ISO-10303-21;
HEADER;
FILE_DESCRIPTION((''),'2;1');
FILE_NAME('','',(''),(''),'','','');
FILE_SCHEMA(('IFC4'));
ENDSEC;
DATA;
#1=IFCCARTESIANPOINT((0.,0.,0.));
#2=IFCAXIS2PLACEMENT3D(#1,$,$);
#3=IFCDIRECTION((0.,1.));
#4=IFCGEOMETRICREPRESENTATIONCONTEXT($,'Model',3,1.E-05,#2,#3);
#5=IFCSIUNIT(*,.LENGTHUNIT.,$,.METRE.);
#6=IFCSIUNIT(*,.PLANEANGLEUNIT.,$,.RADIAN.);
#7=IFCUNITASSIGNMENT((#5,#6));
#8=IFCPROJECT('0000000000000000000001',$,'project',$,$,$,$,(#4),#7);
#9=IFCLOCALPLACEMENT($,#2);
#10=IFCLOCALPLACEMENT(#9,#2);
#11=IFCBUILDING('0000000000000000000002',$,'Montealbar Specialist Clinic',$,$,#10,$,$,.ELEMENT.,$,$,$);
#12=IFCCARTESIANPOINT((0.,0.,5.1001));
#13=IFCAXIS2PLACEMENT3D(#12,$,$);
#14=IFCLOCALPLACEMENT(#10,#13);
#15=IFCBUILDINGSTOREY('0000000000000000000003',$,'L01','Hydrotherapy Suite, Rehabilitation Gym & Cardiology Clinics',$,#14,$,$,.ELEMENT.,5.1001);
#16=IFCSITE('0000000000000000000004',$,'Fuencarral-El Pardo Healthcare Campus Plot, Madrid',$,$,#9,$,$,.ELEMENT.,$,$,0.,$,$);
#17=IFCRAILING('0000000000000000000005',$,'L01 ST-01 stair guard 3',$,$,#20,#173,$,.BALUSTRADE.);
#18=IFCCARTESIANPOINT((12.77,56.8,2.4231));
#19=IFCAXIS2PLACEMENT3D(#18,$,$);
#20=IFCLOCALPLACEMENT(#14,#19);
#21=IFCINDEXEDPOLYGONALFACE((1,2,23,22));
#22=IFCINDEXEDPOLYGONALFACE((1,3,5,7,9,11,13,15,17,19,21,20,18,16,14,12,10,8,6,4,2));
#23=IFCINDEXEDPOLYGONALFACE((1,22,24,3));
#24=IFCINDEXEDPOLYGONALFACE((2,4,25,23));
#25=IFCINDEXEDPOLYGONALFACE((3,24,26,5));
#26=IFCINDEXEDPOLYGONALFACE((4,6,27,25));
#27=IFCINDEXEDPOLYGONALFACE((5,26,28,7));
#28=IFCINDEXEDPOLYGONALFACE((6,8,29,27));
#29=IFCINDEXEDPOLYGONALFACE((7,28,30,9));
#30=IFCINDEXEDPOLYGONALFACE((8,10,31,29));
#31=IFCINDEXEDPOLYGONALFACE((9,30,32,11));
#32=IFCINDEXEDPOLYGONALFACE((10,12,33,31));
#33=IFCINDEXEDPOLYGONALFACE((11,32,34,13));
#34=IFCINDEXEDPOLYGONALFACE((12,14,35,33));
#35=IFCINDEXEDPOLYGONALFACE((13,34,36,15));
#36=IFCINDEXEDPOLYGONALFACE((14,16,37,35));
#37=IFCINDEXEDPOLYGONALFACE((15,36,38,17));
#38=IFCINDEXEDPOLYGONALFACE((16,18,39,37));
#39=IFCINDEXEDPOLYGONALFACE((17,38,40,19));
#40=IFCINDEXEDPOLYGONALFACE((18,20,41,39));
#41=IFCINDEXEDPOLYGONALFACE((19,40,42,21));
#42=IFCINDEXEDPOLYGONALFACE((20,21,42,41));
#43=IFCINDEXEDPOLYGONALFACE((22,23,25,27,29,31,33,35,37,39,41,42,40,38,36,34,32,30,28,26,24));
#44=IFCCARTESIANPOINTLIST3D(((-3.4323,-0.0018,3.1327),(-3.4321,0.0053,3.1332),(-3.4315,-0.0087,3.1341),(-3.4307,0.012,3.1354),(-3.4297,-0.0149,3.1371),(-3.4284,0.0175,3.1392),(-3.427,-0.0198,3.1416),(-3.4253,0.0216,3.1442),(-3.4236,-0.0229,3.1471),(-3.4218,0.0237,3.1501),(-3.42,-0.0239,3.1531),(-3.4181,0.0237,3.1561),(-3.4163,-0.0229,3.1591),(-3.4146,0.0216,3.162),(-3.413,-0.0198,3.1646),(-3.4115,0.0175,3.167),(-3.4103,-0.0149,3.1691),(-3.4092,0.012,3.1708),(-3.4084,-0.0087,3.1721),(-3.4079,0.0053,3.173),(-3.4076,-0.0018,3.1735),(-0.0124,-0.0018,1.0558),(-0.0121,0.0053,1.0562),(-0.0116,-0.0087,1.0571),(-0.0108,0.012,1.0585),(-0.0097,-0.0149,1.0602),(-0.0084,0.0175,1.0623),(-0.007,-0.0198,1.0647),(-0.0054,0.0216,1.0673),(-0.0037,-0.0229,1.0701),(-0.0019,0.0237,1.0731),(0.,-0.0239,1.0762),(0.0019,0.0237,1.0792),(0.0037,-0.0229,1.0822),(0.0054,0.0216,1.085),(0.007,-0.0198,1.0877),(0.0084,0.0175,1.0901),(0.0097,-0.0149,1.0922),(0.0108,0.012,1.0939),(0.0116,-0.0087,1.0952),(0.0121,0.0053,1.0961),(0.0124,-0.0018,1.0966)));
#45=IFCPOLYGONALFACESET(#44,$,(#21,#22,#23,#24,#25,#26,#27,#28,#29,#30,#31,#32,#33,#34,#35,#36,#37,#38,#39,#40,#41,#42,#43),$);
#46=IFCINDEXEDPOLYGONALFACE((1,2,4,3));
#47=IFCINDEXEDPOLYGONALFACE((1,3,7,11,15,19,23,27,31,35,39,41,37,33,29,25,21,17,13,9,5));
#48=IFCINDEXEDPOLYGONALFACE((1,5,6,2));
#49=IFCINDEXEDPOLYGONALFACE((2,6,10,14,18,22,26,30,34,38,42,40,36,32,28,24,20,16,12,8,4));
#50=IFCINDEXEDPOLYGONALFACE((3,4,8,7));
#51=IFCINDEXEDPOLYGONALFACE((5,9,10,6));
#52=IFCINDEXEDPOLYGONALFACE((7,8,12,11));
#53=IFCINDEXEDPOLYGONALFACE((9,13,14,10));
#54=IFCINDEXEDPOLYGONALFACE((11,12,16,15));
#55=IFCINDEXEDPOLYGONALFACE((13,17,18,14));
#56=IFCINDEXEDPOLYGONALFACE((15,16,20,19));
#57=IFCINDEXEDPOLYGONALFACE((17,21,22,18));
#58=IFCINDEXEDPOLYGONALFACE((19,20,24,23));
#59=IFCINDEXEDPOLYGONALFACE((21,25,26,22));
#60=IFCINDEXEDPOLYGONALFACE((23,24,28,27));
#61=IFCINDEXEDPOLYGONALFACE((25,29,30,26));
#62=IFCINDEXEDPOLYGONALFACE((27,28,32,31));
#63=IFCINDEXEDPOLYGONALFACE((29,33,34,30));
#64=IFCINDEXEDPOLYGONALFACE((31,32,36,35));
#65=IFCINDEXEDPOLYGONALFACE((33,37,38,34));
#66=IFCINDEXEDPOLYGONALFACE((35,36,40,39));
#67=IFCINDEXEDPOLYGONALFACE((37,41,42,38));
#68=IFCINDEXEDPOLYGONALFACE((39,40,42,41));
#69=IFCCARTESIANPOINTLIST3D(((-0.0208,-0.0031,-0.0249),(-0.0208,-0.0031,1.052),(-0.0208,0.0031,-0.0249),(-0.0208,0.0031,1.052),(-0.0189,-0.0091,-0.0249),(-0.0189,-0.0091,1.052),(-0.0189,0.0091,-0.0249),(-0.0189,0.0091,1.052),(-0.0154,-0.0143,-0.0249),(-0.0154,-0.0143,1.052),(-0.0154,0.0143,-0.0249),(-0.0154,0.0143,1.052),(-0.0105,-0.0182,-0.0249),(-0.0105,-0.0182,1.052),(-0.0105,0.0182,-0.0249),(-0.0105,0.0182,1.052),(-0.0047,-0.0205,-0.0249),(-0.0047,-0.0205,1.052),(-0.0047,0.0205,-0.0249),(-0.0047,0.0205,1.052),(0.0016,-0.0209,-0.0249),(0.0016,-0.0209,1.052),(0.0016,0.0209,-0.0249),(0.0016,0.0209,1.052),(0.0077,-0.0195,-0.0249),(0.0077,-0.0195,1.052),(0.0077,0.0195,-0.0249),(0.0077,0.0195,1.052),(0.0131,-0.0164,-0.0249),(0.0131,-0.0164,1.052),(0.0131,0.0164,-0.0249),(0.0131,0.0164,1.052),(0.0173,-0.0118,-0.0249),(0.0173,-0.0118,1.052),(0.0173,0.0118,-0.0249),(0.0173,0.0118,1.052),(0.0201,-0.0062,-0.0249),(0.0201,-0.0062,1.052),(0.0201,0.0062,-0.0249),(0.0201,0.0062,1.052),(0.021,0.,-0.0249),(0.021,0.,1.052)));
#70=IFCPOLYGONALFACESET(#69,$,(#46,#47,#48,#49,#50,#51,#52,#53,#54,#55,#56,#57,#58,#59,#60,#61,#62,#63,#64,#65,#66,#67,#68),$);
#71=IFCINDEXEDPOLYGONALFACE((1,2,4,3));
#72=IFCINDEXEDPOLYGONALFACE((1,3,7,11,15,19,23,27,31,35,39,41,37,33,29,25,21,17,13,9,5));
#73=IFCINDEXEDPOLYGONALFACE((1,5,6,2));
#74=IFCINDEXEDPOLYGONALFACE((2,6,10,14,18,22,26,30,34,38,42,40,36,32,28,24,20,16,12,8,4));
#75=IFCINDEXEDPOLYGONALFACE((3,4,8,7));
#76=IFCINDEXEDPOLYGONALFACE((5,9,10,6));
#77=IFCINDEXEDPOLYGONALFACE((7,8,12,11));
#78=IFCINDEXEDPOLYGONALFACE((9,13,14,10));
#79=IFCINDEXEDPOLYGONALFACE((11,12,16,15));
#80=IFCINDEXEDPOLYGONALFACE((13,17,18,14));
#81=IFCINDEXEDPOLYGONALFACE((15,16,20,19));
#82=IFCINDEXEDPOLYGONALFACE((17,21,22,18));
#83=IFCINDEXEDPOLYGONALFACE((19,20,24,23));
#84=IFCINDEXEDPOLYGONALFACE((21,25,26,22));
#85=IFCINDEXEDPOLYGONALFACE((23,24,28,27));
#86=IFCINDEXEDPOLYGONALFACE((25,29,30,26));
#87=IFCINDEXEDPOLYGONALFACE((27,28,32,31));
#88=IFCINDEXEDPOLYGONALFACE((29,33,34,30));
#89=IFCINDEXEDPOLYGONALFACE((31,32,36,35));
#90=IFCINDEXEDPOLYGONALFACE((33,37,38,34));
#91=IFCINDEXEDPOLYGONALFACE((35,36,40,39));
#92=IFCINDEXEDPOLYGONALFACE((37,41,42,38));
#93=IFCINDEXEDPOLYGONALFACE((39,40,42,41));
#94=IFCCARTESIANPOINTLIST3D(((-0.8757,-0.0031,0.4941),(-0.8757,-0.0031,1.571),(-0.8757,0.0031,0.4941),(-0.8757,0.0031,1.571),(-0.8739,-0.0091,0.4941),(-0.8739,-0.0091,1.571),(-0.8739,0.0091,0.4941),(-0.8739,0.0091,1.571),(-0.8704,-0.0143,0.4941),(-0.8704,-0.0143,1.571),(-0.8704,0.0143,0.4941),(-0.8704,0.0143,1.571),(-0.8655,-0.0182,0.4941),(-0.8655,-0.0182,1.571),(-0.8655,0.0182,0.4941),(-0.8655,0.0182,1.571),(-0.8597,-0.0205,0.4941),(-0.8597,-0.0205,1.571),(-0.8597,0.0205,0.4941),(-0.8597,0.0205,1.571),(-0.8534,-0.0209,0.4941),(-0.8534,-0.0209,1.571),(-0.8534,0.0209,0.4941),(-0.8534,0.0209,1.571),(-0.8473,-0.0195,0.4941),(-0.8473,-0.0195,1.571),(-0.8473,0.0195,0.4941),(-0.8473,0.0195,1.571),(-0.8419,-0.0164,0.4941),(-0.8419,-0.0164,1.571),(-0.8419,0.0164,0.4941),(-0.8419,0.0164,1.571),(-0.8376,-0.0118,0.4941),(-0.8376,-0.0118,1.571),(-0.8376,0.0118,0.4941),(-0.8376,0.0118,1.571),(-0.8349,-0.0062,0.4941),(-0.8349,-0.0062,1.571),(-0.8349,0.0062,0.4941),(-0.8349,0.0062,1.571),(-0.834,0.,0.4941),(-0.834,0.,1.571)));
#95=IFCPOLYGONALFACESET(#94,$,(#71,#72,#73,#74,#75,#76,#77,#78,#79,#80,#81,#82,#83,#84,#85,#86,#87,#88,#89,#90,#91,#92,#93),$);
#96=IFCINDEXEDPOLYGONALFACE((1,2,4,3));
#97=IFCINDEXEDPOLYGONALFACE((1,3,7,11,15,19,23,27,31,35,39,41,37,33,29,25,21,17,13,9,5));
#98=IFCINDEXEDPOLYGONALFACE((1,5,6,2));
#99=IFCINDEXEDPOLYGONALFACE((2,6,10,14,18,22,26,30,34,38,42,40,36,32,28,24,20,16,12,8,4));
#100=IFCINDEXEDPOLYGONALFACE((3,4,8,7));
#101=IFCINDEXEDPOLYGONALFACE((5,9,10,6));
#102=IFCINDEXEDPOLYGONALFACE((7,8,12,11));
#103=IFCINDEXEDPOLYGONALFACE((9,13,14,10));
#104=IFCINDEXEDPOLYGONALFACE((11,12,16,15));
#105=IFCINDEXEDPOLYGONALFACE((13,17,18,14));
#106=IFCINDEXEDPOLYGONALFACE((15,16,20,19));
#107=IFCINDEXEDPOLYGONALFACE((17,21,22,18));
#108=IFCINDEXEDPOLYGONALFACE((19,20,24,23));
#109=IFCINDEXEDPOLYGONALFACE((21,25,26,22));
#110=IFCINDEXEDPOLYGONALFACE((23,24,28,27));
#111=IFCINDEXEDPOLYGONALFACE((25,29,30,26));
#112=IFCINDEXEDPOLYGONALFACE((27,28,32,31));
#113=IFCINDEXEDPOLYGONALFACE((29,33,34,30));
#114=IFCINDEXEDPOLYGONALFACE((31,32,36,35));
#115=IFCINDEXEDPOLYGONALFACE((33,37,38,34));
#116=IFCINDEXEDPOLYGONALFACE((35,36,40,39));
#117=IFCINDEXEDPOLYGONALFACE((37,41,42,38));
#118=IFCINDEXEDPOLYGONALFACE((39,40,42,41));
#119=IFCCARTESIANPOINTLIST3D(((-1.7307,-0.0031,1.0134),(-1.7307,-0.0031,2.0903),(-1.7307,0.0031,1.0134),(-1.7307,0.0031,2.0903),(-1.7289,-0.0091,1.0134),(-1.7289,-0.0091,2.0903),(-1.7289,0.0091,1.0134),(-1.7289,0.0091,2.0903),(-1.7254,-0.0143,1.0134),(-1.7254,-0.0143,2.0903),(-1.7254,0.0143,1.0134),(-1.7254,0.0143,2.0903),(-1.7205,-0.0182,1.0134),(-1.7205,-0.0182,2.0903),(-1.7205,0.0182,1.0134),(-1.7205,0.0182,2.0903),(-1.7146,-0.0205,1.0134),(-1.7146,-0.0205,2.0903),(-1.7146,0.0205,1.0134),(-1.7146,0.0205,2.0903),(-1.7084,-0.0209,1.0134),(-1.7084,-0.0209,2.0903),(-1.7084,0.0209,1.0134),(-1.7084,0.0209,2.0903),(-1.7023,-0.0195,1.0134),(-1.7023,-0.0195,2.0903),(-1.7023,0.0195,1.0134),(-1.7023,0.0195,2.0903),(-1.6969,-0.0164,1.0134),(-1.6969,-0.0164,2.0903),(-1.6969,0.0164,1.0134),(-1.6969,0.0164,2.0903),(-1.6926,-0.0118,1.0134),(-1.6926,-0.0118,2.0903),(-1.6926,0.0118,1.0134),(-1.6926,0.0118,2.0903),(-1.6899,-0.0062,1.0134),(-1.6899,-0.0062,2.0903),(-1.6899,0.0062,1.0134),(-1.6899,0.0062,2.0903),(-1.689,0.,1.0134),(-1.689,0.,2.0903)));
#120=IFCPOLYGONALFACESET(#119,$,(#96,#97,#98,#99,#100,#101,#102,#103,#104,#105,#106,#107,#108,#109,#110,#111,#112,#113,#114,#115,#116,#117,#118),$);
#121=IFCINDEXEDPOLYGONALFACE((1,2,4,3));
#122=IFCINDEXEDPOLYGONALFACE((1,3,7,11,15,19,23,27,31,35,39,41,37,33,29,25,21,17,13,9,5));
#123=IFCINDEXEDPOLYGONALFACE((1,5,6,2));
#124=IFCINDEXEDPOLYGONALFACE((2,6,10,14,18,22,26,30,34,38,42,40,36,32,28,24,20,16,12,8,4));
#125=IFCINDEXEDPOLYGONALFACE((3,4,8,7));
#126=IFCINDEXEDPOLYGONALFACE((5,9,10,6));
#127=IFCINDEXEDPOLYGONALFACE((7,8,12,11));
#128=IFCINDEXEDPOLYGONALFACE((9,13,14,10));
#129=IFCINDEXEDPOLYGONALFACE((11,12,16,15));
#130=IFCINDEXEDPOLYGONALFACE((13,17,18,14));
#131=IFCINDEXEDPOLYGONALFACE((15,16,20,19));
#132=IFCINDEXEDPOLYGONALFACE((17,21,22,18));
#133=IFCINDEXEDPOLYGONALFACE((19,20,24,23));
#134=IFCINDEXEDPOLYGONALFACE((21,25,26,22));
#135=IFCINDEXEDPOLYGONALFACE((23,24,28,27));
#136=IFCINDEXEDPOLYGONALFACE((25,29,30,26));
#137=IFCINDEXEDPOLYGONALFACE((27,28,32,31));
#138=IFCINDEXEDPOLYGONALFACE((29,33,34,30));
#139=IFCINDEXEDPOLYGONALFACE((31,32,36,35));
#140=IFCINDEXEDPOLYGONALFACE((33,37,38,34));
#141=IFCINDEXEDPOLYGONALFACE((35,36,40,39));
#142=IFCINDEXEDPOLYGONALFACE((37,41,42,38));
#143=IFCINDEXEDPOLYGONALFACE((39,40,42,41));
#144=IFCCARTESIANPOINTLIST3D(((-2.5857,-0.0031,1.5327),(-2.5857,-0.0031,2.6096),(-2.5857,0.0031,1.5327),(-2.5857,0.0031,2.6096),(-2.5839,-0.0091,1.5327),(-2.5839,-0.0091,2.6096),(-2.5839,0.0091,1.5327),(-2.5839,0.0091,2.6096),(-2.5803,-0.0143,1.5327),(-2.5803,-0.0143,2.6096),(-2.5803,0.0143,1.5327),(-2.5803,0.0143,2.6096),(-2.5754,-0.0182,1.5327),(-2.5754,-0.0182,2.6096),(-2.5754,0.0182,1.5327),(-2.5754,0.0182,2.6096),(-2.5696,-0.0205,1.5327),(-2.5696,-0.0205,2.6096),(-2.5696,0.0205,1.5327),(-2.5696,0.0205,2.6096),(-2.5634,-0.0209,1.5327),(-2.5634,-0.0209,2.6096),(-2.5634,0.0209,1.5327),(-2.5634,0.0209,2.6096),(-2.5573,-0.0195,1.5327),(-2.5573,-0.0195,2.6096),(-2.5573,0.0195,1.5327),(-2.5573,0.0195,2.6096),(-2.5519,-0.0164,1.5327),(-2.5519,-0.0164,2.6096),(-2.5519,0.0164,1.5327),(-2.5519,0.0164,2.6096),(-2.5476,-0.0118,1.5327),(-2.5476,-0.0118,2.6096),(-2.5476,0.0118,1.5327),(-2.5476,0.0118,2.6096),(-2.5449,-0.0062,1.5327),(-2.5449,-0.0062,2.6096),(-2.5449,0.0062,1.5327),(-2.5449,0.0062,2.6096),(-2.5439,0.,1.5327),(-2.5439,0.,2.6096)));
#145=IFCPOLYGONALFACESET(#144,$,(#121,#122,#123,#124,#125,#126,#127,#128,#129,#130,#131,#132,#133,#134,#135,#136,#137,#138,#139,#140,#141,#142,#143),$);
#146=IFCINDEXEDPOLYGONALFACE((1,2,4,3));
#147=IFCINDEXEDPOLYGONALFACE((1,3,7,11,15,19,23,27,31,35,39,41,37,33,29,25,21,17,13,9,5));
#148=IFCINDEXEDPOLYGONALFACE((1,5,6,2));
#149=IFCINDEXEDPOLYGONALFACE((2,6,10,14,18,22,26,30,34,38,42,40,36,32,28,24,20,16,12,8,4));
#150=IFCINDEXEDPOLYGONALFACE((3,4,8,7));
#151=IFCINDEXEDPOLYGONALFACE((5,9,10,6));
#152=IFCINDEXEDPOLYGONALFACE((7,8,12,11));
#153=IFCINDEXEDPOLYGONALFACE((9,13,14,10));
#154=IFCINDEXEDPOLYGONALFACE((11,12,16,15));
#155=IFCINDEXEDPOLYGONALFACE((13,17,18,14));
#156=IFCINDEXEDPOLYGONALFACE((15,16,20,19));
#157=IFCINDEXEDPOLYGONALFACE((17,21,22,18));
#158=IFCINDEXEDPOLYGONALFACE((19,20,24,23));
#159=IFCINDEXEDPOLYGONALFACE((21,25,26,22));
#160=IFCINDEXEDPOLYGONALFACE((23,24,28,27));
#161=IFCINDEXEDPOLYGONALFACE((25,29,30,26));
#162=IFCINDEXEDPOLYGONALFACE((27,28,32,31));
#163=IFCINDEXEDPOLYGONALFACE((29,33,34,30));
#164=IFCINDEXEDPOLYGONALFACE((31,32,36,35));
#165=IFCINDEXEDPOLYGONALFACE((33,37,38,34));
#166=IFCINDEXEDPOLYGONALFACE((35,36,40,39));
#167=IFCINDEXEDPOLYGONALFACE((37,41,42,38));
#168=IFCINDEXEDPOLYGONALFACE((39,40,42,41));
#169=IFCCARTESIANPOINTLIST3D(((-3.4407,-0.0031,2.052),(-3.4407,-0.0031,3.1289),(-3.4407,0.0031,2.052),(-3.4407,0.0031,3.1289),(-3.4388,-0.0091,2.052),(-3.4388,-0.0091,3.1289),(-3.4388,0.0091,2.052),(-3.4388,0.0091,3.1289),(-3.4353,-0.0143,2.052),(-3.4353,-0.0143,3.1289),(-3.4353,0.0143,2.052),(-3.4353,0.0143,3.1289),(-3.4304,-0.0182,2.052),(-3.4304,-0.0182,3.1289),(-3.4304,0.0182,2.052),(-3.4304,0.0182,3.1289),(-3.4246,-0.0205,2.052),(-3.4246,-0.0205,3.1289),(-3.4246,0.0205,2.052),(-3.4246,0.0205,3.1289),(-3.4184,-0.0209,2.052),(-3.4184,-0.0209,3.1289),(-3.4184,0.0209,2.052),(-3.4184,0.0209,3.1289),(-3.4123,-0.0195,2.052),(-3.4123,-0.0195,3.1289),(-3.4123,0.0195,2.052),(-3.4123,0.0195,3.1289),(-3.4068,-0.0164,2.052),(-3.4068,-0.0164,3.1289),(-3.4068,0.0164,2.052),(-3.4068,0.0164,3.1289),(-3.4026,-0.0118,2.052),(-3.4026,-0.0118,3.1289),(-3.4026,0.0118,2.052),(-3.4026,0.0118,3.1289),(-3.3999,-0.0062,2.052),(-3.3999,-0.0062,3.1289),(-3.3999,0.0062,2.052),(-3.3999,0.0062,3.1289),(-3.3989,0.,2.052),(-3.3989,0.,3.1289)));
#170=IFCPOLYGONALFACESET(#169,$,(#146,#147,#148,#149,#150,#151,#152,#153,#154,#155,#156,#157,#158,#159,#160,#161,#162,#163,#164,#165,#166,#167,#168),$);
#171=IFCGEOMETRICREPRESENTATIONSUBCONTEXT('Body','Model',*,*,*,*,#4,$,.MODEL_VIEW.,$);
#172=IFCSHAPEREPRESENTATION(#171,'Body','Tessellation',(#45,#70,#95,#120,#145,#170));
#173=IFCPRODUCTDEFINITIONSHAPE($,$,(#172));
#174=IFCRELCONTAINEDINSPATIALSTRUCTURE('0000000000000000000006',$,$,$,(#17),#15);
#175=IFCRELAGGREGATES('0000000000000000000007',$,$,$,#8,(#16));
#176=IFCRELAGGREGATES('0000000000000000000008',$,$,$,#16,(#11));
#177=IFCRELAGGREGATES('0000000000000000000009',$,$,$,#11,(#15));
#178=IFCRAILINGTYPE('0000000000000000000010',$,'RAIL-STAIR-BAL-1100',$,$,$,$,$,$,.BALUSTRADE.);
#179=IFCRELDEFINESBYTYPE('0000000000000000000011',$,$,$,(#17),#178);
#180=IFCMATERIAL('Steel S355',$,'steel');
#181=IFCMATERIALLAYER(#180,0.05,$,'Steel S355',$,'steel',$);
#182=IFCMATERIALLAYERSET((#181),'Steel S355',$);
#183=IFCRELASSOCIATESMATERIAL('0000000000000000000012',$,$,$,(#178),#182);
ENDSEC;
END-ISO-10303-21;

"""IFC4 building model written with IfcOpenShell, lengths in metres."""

from ifc_helpers import new_model, si_unit, direction, frame, origin, origin_2d, place, context, subcontext, project, spatial, circle, extrude, material, layer, layer_set, type_object, element, save


model = new_model("IFC4")

# Units and contexts
model_context = context("Model", 3, precision=1e-05, world=origin(), true_north=direction((0.0, 1.0)))
body_context = subcontext(model_context, "Body", "Model", "MODEL_VIEW")
ifc_project = project(units=[si_unit("LENGTHUNIT", "METRE"), si_unit("PLANEANGLEUNIT", "RADIAN")], contexts=[model_context])

# Site, building, storey
site_placement = place(None, origin())
site = spatial("IfcSite", under=ifc_project, at=site_placement, Name="Fuencarral-El Pardo Healthcare Campus Plot, Madrid", CompositionType="ELEMENT", RefElevation=0.0)
building_placement = place(site_placement, origin())
building = spatial("IfcBuilding", under=site, at=building_placement, Name="Montealbar Specialist Clinic", CompositionType="ELEMENT")
storey_placement = place(building_placement, frame((0.0, 0.0, 5.1001)))
storey = spatial("IfcBuildingStorey", under=building, at=storey_placement, Name="L01", Description="Hydrotherapy Suite, Rehabilitation Gym & Cardiology Clinics", CompositionType="ELEMENT", Elevation=5.1001)

# Shared definitions
ifc_material_1 = material(Name="Steel S355", Category="steel")

# Railing
ifc_layer_1 = layer(ifc_material_1, 0.05, Name="Steel S355", Category="steel")
ifc_layer_set_1 = layer_set([ifc_layer_1], Name="Steel S355")
railing_type_1 = type_object("IfcRailingType", Name="RAIL-STAIR-BAL-1100", PredefinedType="BALUSTRADE", material=ifc_layer_set_1)
railing_1_placement = place(storey_placement, frame((12.77, 56.8, 2.4231)))
element("IfcRailing", 1, at=railing_1_placement, inside=storey, type_object=railing_type_1, Name="L01 ST-01 stair guard 3", PredefinedType="BALUSTRADE", context=body_context, shape_type="SweptSolid", body=[
    extrude(circle(Radius=0.0239, at=origin_2d()), frame((0.0, 0.0, 1.0762), z_axis=(-0.85473, 0.0, 0.519074), x_axis=(0.0, -1.0, 0.0)), (0.0, 0.0, 1.0), 4.0012),
    extrude(circle(Radius=0.021, at=origin_2d()), frame((0.0, 0.0, -0.0249)), (0.0, 0.0, 1.0), 1.0769),
    extrude(circle(Radius=0.021, at=origin_2d()), frame((-0.855, 0.0, 0.4941)), (0.0, 0.0, 1.0), 1.0769),
    extrude(circle(Radius=0.021, at=origin_2d()), frame((-1.71, 0.0, 1.0134)), (0.0, 0.0, 1.0), 1.0769),
    extrude(circle(Radius=0.021, at=origin_2d()), frame((-2.5649, 0.0, 1.5327)), (0.0, 0.0, 1.0), 1.0769),
    extrude(circle(Radius=0.021, at=origin_2d()), frame((-3.4199, 0.0, 2.052)), (0.0, 0.0, 1.0), 1.0769),
])

save(model, "model.ifc")
